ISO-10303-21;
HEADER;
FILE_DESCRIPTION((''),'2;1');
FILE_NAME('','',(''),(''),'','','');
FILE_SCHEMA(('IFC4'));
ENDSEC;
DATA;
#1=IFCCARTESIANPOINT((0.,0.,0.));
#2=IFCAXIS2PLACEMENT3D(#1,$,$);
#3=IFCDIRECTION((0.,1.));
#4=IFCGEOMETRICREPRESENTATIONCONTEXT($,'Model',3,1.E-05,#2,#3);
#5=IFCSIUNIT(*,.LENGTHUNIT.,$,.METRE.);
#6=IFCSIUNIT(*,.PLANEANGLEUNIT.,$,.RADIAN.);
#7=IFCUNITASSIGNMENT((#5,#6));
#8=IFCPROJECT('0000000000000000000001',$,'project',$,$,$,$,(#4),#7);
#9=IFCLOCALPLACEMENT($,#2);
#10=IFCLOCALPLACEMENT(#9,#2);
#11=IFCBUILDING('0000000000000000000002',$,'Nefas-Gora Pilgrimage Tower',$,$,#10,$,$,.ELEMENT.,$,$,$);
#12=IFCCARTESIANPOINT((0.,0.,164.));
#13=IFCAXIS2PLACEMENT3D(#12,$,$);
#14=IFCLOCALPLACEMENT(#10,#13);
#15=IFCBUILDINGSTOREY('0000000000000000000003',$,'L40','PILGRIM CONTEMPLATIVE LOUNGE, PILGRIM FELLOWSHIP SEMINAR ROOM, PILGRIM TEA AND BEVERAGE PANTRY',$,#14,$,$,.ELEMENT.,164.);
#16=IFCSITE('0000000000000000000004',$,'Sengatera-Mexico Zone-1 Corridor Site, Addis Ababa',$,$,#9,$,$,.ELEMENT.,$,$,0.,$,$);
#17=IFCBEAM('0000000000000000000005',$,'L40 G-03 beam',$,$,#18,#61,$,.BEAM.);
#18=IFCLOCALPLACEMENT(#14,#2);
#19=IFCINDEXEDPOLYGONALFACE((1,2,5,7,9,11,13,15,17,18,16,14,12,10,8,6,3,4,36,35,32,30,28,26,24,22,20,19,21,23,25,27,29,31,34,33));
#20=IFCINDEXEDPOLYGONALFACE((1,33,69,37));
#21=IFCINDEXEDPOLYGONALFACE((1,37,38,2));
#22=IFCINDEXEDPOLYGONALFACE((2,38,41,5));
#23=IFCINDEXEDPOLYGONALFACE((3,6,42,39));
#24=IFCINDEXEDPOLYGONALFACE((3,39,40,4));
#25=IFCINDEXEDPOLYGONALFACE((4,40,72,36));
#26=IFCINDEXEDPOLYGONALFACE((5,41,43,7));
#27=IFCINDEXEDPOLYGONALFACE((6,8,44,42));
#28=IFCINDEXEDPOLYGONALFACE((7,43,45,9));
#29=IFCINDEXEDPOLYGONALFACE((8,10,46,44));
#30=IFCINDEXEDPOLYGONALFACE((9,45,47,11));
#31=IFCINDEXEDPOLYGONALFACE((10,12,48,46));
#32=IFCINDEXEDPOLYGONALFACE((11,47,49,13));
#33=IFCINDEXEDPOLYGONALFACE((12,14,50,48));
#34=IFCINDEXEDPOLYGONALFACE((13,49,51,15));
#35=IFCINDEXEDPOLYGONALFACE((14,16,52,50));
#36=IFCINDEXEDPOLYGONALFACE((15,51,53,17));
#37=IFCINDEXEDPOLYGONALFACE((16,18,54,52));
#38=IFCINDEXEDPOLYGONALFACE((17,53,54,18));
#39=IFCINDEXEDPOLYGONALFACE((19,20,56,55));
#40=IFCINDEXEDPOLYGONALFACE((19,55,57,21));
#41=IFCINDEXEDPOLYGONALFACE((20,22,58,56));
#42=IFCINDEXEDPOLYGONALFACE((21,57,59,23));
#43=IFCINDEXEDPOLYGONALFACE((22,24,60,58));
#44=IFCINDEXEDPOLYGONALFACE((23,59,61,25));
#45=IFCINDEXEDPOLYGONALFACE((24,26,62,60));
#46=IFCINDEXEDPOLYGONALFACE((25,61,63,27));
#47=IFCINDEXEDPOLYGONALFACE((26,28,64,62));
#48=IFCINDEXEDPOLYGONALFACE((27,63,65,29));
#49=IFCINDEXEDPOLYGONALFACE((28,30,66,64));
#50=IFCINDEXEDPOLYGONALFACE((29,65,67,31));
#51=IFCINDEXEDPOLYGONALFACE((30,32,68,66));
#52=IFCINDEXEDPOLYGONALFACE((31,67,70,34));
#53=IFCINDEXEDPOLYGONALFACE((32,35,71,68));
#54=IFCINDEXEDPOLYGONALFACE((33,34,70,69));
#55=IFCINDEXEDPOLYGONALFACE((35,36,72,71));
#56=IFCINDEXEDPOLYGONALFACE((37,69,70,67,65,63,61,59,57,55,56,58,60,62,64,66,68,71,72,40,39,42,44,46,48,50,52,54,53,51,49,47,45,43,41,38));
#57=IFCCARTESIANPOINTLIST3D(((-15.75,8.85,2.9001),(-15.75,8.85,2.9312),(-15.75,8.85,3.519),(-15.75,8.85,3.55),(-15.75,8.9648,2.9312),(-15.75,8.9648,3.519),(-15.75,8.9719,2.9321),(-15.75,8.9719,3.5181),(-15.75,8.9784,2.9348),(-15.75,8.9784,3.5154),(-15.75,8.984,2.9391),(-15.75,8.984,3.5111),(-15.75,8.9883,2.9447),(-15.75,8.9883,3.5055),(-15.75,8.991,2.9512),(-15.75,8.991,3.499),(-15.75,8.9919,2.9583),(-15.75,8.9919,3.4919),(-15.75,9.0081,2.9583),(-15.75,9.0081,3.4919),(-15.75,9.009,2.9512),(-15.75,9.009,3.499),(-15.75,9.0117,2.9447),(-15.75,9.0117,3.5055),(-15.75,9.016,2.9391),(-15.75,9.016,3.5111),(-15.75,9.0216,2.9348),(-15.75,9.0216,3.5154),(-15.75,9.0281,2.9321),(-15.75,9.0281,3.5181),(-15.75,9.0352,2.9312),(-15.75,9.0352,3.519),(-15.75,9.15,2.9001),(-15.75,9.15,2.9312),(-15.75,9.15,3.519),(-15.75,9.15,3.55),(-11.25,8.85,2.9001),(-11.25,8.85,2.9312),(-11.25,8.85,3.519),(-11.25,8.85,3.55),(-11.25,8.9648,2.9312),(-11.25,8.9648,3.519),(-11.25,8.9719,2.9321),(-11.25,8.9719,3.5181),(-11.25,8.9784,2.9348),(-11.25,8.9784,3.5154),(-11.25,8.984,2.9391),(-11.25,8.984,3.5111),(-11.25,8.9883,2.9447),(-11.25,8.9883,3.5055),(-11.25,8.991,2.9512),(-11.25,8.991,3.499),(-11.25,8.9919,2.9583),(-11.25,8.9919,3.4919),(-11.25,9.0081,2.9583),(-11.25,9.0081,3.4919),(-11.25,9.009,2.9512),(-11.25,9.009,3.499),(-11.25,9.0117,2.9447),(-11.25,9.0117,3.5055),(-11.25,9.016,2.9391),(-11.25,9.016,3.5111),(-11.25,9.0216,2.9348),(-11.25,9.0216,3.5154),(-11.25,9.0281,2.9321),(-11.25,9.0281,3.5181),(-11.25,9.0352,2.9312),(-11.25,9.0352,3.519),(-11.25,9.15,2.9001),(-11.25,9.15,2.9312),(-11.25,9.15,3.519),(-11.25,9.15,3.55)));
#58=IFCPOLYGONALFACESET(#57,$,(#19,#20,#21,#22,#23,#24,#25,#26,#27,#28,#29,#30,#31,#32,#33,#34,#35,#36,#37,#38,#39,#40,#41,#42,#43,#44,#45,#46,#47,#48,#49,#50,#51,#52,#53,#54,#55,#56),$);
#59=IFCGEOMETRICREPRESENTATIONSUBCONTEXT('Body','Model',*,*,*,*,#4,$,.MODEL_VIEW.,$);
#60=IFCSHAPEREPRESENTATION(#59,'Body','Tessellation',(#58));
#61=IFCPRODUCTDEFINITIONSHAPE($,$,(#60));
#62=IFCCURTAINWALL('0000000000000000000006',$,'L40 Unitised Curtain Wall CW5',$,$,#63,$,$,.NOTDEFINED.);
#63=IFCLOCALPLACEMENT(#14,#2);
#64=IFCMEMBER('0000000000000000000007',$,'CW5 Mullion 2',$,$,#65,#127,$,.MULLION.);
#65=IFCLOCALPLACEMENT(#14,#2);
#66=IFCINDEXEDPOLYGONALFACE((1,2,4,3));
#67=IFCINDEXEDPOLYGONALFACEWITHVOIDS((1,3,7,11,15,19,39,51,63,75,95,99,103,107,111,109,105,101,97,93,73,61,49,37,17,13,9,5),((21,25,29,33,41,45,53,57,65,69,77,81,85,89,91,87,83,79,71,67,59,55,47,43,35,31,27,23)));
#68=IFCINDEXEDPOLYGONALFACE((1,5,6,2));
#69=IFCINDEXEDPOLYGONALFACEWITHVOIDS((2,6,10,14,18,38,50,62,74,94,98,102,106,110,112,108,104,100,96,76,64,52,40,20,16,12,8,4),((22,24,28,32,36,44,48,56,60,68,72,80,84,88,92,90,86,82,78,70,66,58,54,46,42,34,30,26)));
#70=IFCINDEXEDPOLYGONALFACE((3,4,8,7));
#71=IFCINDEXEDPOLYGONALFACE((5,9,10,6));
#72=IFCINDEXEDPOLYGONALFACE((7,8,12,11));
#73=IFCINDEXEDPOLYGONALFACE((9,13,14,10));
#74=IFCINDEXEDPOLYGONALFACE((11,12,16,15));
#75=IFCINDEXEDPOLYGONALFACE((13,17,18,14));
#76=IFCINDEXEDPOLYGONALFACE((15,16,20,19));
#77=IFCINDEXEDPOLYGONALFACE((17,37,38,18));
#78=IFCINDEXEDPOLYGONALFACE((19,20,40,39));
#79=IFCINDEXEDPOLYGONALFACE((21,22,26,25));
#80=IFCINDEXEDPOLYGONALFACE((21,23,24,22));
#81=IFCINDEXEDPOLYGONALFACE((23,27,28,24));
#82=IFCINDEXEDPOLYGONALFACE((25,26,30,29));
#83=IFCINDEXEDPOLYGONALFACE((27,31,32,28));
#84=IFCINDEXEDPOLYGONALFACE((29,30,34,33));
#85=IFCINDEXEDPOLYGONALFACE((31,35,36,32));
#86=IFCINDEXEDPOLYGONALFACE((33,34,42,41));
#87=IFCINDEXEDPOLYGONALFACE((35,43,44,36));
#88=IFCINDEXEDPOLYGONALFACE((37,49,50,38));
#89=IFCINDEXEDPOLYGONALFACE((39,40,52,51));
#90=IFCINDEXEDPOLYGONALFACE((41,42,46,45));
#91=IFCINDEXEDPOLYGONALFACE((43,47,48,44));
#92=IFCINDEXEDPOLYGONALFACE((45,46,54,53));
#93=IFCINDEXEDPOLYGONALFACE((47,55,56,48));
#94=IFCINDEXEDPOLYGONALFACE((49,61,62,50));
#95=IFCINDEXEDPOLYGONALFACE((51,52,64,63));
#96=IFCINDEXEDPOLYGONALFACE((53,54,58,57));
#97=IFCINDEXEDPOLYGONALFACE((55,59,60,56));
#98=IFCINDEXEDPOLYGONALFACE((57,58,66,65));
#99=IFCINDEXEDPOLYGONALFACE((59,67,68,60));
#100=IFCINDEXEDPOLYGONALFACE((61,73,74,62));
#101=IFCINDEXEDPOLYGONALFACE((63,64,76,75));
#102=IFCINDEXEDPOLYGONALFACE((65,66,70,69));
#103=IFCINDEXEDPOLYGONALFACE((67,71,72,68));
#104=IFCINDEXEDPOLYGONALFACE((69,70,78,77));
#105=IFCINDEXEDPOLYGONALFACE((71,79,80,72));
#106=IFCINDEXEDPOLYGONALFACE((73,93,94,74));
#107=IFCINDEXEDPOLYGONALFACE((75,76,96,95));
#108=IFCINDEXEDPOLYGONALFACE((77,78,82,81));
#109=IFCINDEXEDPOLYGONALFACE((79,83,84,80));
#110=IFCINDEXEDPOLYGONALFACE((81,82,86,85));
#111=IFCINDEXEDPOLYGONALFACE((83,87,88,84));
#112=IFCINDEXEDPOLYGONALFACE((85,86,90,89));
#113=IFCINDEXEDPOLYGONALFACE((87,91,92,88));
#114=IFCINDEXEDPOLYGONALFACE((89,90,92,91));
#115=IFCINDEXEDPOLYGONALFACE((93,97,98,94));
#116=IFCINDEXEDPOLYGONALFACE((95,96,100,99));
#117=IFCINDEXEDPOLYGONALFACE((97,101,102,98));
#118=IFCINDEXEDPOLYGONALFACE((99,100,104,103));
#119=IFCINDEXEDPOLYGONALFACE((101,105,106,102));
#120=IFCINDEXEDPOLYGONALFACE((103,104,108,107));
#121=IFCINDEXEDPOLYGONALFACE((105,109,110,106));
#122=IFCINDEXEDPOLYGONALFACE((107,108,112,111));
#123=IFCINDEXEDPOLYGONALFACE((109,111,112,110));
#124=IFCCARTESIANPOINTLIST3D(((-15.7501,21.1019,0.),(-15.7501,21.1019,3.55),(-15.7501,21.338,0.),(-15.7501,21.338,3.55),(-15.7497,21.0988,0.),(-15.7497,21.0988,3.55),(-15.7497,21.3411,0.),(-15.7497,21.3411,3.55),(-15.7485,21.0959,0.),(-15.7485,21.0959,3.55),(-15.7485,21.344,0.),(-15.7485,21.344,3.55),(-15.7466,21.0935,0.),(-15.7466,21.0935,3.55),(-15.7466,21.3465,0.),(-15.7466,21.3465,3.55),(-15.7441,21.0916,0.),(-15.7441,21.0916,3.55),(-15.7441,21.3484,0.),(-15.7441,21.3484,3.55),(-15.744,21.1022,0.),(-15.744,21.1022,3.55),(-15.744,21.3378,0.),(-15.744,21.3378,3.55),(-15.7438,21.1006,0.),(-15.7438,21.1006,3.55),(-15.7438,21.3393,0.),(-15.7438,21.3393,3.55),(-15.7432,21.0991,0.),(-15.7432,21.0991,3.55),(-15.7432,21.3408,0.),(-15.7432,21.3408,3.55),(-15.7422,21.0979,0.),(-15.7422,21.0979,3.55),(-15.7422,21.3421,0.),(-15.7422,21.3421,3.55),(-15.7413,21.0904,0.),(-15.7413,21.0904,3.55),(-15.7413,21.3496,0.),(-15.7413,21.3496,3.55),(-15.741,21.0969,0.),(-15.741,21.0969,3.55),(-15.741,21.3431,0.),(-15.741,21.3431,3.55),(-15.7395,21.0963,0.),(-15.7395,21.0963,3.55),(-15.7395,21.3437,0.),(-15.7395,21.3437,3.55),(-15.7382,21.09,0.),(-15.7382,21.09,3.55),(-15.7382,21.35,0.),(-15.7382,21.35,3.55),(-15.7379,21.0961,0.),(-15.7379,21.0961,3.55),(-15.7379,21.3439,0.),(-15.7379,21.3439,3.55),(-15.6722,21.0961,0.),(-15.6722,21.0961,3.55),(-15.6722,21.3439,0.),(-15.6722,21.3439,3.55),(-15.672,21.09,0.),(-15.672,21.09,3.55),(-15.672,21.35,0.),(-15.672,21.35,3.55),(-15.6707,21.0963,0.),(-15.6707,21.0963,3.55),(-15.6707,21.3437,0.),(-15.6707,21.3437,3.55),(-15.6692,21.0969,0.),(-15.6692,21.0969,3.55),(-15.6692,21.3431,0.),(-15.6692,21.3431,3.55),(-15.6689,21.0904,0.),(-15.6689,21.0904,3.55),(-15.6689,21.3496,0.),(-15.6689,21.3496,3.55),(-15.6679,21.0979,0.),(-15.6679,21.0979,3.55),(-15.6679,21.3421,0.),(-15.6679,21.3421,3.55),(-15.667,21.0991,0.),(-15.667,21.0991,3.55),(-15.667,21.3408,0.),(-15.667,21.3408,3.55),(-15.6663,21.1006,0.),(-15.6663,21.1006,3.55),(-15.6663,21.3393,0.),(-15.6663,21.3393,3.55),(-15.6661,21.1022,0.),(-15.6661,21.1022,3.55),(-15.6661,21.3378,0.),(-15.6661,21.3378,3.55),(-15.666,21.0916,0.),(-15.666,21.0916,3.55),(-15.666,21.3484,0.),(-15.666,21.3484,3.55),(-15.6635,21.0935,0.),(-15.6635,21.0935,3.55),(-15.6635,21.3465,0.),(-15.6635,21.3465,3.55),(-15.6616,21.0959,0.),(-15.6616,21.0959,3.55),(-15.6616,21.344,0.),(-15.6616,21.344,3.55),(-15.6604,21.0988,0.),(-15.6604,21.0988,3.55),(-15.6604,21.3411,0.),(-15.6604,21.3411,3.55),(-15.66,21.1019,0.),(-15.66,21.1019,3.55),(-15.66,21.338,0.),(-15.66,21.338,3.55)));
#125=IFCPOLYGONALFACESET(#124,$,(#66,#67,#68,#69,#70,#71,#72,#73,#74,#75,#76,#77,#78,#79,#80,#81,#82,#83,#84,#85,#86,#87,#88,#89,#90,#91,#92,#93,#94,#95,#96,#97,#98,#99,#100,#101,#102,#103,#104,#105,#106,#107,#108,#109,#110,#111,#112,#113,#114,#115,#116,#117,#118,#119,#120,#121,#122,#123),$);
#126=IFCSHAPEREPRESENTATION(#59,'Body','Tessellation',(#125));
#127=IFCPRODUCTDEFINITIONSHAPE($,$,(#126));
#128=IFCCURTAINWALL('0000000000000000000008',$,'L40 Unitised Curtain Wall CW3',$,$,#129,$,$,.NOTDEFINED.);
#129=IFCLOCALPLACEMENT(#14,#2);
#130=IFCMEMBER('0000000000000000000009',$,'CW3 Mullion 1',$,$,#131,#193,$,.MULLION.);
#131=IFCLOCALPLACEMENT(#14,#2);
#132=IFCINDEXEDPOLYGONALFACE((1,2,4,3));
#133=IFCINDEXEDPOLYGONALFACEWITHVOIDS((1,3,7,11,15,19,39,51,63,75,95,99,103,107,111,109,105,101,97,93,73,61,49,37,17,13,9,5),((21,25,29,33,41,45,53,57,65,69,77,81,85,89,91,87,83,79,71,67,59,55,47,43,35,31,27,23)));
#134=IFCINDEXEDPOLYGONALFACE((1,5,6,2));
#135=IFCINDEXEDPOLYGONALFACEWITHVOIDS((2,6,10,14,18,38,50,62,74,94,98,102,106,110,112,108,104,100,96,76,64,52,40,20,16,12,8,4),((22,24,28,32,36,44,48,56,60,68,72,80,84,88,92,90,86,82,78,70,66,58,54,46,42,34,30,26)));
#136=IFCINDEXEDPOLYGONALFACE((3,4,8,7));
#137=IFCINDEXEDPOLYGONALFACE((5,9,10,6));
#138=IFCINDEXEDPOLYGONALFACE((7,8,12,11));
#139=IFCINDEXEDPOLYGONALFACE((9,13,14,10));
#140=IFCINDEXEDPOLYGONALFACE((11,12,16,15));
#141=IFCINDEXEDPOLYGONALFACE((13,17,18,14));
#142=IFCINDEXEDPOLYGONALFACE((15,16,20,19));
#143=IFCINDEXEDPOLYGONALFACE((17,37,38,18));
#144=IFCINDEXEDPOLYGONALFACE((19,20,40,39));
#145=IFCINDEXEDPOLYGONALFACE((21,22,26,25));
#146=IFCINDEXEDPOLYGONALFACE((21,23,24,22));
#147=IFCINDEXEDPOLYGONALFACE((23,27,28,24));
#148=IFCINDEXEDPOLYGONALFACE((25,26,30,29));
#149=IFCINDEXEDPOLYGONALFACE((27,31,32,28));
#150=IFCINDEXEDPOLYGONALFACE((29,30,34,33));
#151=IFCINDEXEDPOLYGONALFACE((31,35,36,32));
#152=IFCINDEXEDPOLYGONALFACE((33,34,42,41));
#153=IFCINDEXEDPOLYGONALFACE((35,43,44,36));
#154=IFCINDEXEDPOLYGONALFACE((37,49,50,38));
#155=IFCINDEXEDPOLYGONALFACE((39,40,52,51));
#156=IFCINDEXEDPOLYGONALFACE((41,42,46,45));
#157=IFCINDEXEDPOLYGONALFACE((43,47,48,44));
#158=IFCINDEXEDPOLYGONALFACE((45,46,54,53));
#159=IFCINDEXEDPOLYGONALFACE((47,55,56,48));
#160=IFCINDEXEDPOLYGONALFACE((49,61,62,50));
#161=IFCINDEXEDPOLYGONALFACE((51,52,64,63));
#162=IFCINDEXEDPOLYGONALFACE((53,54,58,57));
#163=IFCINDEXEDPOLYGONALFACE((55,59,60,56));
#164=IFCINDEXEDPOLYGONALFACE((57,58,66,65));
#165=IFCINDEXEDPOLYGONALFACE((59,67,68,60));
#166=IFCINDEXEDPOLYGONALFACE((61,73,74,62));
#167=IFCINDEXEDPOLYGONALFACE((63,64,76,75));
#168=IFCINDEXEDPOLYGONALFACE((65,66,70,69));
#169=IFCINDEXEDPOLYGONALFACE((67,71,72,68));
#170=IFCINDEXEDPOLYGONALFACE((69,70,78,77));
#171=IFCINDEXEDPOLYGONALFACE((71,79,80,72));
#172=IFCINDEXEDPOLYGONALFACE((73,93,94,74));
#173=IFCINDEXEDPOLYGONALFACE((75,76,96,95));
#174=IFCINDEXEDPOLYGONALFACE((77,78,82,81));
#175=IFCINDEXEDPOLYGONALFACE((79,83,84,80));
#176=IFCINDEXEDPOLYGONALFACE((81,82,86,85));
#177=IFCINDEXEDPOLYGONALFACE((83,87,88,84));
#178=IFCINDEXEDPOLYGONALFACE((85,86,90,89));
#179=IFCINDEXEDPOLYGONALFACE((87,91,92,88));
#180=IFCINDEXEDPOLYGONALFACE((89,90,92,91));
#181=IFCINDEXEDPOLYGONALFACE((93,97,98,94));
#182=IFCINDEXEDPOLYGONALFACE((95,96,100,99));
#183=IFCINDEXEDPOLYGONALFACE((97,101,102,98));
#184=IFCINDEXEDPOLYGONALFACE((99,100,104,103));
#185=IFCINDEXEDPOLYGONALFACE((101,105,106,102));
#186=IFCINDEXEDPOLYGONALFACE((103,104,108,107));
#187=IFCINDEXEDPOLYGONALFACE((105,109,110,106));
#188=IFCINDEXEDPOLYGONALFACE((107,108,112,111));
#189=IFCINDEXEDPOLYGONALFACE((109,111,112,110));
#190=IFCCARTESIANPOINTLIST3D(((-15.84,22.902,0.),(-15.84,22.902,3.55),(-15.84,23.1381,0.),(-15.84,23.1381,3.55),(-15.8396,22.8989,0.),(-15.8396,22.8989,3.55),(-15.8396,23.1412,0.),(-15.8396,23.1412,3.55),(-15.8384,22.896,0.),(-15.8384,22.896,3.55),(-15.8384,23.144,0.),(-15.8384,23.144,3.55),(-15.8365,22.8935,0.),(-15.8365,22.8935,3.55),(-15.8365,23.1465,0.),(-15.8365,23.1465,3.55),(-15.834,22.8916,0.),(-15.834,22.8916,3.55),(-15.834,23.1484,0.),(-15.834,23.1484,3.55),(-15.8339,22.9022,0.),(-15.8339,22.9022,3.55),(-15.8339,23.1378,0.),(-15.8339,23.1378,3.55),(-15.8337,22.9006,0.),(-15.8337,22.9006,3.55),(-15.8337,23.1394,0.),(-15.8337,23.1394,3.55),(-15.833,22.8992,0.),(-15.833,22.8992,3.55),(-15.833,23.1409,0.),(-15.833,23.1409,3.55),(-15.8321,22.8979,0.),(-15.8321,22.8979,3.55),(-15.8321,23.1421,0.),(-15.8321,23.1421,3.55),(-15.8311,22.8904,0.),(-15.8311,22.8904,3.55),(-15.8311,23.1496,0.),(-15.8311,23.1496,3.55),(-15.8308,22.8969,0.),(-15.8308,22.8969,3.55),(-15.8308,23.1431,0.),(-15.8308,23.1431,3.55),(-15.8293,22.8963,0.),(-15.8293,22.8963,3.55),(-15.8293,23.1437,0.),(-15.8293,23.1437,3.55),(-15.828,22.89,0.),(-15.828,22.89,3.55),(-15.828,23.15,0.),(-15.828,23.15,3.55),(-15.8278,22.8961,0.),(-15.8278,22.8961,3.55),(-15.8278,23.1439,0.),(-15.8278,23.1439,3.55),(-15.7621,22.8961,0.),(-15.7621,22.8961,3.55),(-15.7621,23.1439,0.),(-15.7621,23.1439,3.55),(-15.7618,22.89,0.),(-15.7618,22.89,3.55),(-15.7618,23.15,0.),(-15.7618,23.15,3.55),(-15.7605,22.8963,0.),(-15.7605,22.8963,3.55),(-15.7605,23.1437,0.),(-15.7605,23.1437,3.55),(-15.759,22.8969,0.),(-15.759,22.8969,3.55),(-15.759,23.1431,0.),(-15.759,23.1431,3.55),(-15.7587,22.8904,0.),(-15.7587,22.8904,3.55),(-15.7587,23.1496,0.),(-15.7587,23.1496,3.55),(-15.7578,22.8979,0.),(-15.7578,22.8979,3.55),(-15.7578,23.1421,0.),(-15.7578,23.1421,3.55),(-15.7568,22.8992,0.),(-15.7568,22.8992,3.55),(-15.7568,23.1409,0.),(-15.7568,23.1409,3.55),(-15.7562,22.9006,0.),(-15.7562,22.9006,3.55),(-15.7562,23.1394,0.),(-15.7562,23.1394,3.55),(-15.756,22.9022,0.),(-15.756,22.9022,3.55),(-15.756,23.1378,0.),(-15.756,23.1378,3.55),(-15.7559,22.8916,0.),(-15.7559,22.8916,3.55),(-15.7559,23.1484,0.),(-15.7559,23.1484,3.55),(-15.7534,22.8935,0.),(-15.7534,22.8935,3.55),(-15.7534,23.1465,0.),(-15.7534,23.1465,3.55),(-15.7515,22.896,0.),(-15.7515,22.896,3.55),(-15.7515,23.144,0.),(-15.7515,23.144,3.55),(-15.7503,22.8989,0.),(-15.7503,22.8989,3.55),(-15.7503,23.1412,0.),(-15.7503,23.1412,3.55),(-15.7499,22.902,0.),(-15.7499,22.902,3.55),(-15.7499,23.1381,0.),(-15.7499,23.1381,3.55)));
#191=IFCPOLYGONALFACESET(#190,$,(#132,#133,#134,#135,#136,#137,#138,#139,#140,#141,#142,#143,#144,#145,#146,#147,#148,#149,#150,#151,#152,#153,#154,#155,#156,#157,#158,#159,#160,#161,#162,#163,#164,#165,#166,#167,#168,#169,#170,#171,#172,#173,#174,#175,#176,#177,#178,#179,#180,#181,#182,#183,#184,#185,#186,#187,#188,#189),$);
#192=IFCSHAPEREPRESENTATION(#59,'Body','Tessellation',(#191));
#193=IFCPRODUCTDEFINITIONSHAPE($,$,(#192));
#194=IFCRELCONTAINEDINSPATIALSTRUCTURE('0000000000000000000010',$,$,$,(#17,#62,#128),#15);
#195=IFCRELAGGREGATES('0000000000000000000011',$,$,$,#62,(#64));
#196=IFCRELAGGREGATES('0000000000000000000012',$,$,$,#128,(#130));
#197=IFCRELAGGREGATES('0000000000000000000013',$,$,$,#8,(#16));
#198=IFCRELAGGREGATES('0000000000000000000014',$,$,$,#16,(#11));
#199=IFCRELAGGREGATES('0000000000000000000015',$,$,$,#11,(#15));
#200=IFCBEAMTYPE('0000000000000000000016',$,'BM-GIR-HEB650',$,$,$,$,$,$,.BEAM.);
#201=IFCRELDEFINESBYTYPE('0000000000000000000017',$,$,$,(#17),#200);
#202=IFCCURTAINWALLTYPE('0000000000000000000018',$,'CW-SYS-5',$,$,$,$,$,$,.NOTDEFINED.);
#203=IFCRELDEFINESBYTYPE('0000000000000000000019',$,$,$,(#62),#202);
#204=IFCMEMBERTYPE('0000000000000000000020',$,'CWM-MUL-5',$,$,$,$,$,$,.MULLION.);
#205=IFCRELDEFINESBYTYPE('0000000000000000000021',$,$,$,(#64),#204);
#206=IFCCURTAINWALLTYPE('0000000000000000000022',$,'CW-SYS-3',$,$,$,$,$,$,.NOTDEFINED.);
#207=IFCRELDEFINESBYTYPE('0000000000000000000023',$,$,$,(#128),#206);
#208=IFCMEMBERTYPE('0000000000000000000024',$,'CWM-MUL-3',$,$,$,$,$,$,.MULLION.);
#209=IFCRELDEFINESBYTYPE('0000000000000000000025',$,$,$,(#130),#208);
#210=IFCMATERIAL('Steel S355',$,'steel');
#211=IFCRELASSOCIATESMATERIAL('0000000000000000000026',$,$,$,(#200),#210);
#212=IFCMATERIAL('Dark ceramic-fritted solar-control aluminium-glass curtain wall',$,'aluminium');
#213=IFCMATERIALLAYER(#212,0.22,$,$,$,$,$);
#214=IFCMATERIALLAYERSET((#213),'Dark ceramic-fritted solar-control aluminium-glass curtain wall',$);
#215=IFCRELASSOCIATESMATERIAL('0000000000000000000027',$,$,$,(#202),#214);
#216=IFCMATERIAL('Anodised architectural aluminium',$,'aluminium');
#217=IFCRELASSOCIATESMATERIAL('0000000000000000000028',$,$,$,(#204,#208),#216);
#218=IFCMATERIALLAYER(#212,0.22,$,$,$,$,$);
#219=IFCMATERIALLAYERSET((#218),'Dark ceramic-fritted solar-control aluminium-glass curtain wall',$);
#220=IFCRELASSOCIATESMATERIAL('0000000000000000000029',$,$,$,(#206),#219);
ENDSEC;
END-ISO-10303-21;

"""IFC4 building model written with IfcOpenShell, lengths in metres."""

from ifc_helpers import new_model, si_unit, direction, frame, origin, origin_2d, place, context, subcontext, project, spatial, hollow_rectangle, i_section, extrude, source, transform, mapped, material, layer, layer_set, material_profile, profile_set, type_object, element, aggregate, save


model = new_model("IFC4")

# Units and contexts
model_context = context("Model", 3, precision=1e-05, world=origin(), true_north=direction((0.0, 1.0)))
body_context = subcontext(model_context, "Body", "Model", "MODEL_VIEW")
ifc_project = project(units=[si_unit("LENGTHUNIT", "METRE"), si_unit("PLANEANGLEUNIT", "RADIAN")], contexts=[model_context])

# Site, building, storey
site_placement = place(None, origin())
site = spatial("IfcSite", under=ifc_project, at=site_placement, Name="Sengatera-Mexico Zone-1 Corridor Site, Addis Ababa", CompositionType="ELEMENT", RefElevation=0.0)
building_placement = place(site_placement, origin())
building = spatial("IfcBuilding", under=site, at=building_placement, Name="Nefas-Gora Pilgrimage Tower", CompositionType="ELEMENT")
storey_placement = place(building_placement, frame((0.0, 0.0, 164.0)))
storey = spatial("IfcBuildingStorey", under=building, at=storey_placement, Name="L40", Description="PILGRIM CONTEMPLATIVE LOUNGE, PILGRIM FELLOWSHIP SEMINAR ROOM, PILGRIM TEA AND BEVERAGE PANTRY", CompositionType="ELEMENT", Elevation=164.0)

# Beam
ifc_material_1 = material(Name="Steel S355", Category="steel")
ifc_material_profile_1 = material_profile(ifc_material_1, i_section(OverallWidth=0.3, OverallDepth=0.6499, WebThickness=0.0161, FlangeThickness=0.031, FilletRadius=0.0271, at=origin_2d()), Name="HEB 650")
ifc_profile_set_1 = profile_set([ifc_material_profile_1], Name="Steel S355")
beam_type_1 = type_object("IfcBeamType", Name="BM-GIR-HEB650", PredefinedType="BEAM", material=ifc_profile_set_1)
shared_shape_1 = source(origin(), body_context, "Body", "SweptSolid", [
    extrude(i_section(OverallWidth=0.3, OverallDepth=0.6499, WebThickness=0.0161, FlangeThickness=0.031, FilletRadius=0.0271, at=origin_2d()), origin(), (0.0, 0.0, 1.0), 4.5),
])
for number, where, z_axis, x_axis, name in (
    (1, (-15.75, 9.0, 3.2251), (1.0, 0.0, 0.0), (0.0, 1.0, 0.0), "L40 G-03 beam"),
):
    element("IfcBeam", number, at=place(storey_placement, frame(where, z_axis=z_axis, x_axis=x_axis)), inside=storey, type_object=beam_type_1, Name=name, PredefinedType="BEAM", context=body_context, shape_type="MappedRepresentation", body=[
        mapped(shared_shape_1, transform((0.0, 0.0, 0.0), x_axis=(1.0, 0.0, 0.0), y_axis=(0.0, 1.0, 0.0), z_axis=(0.0, 0.0, 1.0), scale=1.0)),
    ])

# Curtain wall, member
ifc_material_2 = material(Name="Dark ceramic-fritted solar-control aluminium-glass curtain wall", Category="aluminium")
ifc_layer_1 = layer(ifc_material_2, 0.22)
ifc_layer_set_1 = layer_set([ifc_layer_1], Name="Dark ceramic-fritted solar-control aluminium-glass curtain wall")
curtain_wall_type_1 = type_object("IfcCurtainWallType", Name="CW-SYS-5", PredefinedType="NOTDEFINED", material=ifc_layer_set_1)
curtain_wall_1_placement = place(storey_placement, origin())
curtain_wall_1 = element("IfcCurtainWall", 2, at=curtain_wall_1_placement, inside=storey, type_object=curtain_wall_type_1, Name="L40 Unitised Curtain Wall CW5", PredefinedType="NOTDEFINED")
ifc_material_3 = material(Name="Anodised architectural aluminium", Category="aluminium")
ifc_material_profile_2 = material_profile(ifc_material_3, hollow_rectangle(XDim=0.0901, YDim=0.26, WallThickness=0.0061, InnerFilletRadius=0.0061, OuterFilletRadius=0.012, at=origin_2d()), Name="ALU MULLION 90x260")
ifc_profile_set_2 = profile_set([ifc_material_profile_2], Name="Anodised architectural aluminium")
member_type_1 = type_object("IfcMemberType", Name="CWM-MUL-5", PredefinedType="MULLION", material=ifc_profile_set_2)
shared_shape_2 = source(origin(), body_context, "Body", "SweptSolid", [
    extrude(hollow_rectangle(XDim=0.0901, YDim=0.26, WallThickness=0.0061, InnerFilletRadius=0.0061, OuterFilletRadius=0.012, at=origin_2d()), origin(), (0.0, 0.0, 1.0), 3.55),
])
member_1_placement = place(storey_placement, frame((-15.7051, 21.22, 0.0), z_axis=(0.0, 0.0, 1.0), x_axis=(-1.0, 0.0, 0.0)))
member_1 = element("IfcMember", 3, at=member_1_placement, type_object=member_type_1, Name="CW5 Mullion 2", PredefinedType="MULLION", context=body_context, shape_type="MappedRepresentation", body=[
    mapped(shared_shape_2, transform((0.0, 0.0, 0.0), x_axis=(1.0, 0.0, 0.0), y_axis=(0.0, 1.0, 0.0), z_axis=(0.0, 0.0, 1.0), scale=1.0)),
])

# Curtain wall, member
ifc_layer_2 = layer(ifc_material_2, 0.22)
ifc_layer_set_2 = layer_set([ifc_layer_2], Name="Dark ceramic-fritted solar-control aluminium-glass curtain wall")
curtain_wall_type_2 = type_object("IfcCurtainWallType", Name="CW-SYS-3", PredefinedType="NOTDEFINED", material=ifc_layer_set_2)
curtain_wall_2_placement = place(storey_placement, origin())
curtain_wall_2 = element("IfcCurtainWall", 4, at=curtain_wall_2_placement, inside=storey, type_object=curtain_wall_type_2, Name="L40 Unitised Curtain Wall CW3", PredefinedType="NOTDEFINED")
ifc_material_profile_3 = material_profile(ifc_material_3, hollow_rectangle(XDim=0.0901, YDim=0.26, WallThickness=0.0061, InnerFilletRadius=0.0061, OuterFilletRadius=0.012, at=origin_2d()), Name="ALU MULLION 90x260")
ifc_profile_set_3 = profile_set([ifc_material_profile_3], Name="Anodised architectural aluminium")
member_type_2 = type_object("IfcMemberType", Name="CWM-MUL-3", PredefinedType="MULLION", material=ifc_profile_set_3)
shared_shape_3 = source(origin(), body_context, "Body", "SweptSolid", [
    extrude(hollow_rectangle(XDim=0.0901, YDim=0.26, WallThickness=0.0061, InnerFilletRadius=0.0061, OuterFilletRadius=0.012, at=origin_2d()), origin(), (0.0, 0.0, 1.0), 3.55),
])
member_2_placement = place(storey_placement, frame((-15.7949, 23.02, 0.0), z_axis=(0.0, 0.0, 1.0), x_axis=(-1.0, 0.0, 0.0)))
member_2 = element("IfcMember", 5, at=member_2_placement, type_object=member_type_2, Name="CW3 Mullion 1", PredefinedType="MULLION", context=body_context, shape_type="MappedRepresentation", body=[
    mapped(shared_shape_3, transform((0.0, 0.0, 0.0), x_axis=(1.0, 0.0, 0.0), y_axis=(0.0, 1.0, 0.0), z_axis=(0.0, 0.0, 1.0), scale=1.0)),
])

aggregate(curtain_wall_1, [member_1])
aggregate(curtain_wall_2, [member_2])

save(model, "model.ifc")
